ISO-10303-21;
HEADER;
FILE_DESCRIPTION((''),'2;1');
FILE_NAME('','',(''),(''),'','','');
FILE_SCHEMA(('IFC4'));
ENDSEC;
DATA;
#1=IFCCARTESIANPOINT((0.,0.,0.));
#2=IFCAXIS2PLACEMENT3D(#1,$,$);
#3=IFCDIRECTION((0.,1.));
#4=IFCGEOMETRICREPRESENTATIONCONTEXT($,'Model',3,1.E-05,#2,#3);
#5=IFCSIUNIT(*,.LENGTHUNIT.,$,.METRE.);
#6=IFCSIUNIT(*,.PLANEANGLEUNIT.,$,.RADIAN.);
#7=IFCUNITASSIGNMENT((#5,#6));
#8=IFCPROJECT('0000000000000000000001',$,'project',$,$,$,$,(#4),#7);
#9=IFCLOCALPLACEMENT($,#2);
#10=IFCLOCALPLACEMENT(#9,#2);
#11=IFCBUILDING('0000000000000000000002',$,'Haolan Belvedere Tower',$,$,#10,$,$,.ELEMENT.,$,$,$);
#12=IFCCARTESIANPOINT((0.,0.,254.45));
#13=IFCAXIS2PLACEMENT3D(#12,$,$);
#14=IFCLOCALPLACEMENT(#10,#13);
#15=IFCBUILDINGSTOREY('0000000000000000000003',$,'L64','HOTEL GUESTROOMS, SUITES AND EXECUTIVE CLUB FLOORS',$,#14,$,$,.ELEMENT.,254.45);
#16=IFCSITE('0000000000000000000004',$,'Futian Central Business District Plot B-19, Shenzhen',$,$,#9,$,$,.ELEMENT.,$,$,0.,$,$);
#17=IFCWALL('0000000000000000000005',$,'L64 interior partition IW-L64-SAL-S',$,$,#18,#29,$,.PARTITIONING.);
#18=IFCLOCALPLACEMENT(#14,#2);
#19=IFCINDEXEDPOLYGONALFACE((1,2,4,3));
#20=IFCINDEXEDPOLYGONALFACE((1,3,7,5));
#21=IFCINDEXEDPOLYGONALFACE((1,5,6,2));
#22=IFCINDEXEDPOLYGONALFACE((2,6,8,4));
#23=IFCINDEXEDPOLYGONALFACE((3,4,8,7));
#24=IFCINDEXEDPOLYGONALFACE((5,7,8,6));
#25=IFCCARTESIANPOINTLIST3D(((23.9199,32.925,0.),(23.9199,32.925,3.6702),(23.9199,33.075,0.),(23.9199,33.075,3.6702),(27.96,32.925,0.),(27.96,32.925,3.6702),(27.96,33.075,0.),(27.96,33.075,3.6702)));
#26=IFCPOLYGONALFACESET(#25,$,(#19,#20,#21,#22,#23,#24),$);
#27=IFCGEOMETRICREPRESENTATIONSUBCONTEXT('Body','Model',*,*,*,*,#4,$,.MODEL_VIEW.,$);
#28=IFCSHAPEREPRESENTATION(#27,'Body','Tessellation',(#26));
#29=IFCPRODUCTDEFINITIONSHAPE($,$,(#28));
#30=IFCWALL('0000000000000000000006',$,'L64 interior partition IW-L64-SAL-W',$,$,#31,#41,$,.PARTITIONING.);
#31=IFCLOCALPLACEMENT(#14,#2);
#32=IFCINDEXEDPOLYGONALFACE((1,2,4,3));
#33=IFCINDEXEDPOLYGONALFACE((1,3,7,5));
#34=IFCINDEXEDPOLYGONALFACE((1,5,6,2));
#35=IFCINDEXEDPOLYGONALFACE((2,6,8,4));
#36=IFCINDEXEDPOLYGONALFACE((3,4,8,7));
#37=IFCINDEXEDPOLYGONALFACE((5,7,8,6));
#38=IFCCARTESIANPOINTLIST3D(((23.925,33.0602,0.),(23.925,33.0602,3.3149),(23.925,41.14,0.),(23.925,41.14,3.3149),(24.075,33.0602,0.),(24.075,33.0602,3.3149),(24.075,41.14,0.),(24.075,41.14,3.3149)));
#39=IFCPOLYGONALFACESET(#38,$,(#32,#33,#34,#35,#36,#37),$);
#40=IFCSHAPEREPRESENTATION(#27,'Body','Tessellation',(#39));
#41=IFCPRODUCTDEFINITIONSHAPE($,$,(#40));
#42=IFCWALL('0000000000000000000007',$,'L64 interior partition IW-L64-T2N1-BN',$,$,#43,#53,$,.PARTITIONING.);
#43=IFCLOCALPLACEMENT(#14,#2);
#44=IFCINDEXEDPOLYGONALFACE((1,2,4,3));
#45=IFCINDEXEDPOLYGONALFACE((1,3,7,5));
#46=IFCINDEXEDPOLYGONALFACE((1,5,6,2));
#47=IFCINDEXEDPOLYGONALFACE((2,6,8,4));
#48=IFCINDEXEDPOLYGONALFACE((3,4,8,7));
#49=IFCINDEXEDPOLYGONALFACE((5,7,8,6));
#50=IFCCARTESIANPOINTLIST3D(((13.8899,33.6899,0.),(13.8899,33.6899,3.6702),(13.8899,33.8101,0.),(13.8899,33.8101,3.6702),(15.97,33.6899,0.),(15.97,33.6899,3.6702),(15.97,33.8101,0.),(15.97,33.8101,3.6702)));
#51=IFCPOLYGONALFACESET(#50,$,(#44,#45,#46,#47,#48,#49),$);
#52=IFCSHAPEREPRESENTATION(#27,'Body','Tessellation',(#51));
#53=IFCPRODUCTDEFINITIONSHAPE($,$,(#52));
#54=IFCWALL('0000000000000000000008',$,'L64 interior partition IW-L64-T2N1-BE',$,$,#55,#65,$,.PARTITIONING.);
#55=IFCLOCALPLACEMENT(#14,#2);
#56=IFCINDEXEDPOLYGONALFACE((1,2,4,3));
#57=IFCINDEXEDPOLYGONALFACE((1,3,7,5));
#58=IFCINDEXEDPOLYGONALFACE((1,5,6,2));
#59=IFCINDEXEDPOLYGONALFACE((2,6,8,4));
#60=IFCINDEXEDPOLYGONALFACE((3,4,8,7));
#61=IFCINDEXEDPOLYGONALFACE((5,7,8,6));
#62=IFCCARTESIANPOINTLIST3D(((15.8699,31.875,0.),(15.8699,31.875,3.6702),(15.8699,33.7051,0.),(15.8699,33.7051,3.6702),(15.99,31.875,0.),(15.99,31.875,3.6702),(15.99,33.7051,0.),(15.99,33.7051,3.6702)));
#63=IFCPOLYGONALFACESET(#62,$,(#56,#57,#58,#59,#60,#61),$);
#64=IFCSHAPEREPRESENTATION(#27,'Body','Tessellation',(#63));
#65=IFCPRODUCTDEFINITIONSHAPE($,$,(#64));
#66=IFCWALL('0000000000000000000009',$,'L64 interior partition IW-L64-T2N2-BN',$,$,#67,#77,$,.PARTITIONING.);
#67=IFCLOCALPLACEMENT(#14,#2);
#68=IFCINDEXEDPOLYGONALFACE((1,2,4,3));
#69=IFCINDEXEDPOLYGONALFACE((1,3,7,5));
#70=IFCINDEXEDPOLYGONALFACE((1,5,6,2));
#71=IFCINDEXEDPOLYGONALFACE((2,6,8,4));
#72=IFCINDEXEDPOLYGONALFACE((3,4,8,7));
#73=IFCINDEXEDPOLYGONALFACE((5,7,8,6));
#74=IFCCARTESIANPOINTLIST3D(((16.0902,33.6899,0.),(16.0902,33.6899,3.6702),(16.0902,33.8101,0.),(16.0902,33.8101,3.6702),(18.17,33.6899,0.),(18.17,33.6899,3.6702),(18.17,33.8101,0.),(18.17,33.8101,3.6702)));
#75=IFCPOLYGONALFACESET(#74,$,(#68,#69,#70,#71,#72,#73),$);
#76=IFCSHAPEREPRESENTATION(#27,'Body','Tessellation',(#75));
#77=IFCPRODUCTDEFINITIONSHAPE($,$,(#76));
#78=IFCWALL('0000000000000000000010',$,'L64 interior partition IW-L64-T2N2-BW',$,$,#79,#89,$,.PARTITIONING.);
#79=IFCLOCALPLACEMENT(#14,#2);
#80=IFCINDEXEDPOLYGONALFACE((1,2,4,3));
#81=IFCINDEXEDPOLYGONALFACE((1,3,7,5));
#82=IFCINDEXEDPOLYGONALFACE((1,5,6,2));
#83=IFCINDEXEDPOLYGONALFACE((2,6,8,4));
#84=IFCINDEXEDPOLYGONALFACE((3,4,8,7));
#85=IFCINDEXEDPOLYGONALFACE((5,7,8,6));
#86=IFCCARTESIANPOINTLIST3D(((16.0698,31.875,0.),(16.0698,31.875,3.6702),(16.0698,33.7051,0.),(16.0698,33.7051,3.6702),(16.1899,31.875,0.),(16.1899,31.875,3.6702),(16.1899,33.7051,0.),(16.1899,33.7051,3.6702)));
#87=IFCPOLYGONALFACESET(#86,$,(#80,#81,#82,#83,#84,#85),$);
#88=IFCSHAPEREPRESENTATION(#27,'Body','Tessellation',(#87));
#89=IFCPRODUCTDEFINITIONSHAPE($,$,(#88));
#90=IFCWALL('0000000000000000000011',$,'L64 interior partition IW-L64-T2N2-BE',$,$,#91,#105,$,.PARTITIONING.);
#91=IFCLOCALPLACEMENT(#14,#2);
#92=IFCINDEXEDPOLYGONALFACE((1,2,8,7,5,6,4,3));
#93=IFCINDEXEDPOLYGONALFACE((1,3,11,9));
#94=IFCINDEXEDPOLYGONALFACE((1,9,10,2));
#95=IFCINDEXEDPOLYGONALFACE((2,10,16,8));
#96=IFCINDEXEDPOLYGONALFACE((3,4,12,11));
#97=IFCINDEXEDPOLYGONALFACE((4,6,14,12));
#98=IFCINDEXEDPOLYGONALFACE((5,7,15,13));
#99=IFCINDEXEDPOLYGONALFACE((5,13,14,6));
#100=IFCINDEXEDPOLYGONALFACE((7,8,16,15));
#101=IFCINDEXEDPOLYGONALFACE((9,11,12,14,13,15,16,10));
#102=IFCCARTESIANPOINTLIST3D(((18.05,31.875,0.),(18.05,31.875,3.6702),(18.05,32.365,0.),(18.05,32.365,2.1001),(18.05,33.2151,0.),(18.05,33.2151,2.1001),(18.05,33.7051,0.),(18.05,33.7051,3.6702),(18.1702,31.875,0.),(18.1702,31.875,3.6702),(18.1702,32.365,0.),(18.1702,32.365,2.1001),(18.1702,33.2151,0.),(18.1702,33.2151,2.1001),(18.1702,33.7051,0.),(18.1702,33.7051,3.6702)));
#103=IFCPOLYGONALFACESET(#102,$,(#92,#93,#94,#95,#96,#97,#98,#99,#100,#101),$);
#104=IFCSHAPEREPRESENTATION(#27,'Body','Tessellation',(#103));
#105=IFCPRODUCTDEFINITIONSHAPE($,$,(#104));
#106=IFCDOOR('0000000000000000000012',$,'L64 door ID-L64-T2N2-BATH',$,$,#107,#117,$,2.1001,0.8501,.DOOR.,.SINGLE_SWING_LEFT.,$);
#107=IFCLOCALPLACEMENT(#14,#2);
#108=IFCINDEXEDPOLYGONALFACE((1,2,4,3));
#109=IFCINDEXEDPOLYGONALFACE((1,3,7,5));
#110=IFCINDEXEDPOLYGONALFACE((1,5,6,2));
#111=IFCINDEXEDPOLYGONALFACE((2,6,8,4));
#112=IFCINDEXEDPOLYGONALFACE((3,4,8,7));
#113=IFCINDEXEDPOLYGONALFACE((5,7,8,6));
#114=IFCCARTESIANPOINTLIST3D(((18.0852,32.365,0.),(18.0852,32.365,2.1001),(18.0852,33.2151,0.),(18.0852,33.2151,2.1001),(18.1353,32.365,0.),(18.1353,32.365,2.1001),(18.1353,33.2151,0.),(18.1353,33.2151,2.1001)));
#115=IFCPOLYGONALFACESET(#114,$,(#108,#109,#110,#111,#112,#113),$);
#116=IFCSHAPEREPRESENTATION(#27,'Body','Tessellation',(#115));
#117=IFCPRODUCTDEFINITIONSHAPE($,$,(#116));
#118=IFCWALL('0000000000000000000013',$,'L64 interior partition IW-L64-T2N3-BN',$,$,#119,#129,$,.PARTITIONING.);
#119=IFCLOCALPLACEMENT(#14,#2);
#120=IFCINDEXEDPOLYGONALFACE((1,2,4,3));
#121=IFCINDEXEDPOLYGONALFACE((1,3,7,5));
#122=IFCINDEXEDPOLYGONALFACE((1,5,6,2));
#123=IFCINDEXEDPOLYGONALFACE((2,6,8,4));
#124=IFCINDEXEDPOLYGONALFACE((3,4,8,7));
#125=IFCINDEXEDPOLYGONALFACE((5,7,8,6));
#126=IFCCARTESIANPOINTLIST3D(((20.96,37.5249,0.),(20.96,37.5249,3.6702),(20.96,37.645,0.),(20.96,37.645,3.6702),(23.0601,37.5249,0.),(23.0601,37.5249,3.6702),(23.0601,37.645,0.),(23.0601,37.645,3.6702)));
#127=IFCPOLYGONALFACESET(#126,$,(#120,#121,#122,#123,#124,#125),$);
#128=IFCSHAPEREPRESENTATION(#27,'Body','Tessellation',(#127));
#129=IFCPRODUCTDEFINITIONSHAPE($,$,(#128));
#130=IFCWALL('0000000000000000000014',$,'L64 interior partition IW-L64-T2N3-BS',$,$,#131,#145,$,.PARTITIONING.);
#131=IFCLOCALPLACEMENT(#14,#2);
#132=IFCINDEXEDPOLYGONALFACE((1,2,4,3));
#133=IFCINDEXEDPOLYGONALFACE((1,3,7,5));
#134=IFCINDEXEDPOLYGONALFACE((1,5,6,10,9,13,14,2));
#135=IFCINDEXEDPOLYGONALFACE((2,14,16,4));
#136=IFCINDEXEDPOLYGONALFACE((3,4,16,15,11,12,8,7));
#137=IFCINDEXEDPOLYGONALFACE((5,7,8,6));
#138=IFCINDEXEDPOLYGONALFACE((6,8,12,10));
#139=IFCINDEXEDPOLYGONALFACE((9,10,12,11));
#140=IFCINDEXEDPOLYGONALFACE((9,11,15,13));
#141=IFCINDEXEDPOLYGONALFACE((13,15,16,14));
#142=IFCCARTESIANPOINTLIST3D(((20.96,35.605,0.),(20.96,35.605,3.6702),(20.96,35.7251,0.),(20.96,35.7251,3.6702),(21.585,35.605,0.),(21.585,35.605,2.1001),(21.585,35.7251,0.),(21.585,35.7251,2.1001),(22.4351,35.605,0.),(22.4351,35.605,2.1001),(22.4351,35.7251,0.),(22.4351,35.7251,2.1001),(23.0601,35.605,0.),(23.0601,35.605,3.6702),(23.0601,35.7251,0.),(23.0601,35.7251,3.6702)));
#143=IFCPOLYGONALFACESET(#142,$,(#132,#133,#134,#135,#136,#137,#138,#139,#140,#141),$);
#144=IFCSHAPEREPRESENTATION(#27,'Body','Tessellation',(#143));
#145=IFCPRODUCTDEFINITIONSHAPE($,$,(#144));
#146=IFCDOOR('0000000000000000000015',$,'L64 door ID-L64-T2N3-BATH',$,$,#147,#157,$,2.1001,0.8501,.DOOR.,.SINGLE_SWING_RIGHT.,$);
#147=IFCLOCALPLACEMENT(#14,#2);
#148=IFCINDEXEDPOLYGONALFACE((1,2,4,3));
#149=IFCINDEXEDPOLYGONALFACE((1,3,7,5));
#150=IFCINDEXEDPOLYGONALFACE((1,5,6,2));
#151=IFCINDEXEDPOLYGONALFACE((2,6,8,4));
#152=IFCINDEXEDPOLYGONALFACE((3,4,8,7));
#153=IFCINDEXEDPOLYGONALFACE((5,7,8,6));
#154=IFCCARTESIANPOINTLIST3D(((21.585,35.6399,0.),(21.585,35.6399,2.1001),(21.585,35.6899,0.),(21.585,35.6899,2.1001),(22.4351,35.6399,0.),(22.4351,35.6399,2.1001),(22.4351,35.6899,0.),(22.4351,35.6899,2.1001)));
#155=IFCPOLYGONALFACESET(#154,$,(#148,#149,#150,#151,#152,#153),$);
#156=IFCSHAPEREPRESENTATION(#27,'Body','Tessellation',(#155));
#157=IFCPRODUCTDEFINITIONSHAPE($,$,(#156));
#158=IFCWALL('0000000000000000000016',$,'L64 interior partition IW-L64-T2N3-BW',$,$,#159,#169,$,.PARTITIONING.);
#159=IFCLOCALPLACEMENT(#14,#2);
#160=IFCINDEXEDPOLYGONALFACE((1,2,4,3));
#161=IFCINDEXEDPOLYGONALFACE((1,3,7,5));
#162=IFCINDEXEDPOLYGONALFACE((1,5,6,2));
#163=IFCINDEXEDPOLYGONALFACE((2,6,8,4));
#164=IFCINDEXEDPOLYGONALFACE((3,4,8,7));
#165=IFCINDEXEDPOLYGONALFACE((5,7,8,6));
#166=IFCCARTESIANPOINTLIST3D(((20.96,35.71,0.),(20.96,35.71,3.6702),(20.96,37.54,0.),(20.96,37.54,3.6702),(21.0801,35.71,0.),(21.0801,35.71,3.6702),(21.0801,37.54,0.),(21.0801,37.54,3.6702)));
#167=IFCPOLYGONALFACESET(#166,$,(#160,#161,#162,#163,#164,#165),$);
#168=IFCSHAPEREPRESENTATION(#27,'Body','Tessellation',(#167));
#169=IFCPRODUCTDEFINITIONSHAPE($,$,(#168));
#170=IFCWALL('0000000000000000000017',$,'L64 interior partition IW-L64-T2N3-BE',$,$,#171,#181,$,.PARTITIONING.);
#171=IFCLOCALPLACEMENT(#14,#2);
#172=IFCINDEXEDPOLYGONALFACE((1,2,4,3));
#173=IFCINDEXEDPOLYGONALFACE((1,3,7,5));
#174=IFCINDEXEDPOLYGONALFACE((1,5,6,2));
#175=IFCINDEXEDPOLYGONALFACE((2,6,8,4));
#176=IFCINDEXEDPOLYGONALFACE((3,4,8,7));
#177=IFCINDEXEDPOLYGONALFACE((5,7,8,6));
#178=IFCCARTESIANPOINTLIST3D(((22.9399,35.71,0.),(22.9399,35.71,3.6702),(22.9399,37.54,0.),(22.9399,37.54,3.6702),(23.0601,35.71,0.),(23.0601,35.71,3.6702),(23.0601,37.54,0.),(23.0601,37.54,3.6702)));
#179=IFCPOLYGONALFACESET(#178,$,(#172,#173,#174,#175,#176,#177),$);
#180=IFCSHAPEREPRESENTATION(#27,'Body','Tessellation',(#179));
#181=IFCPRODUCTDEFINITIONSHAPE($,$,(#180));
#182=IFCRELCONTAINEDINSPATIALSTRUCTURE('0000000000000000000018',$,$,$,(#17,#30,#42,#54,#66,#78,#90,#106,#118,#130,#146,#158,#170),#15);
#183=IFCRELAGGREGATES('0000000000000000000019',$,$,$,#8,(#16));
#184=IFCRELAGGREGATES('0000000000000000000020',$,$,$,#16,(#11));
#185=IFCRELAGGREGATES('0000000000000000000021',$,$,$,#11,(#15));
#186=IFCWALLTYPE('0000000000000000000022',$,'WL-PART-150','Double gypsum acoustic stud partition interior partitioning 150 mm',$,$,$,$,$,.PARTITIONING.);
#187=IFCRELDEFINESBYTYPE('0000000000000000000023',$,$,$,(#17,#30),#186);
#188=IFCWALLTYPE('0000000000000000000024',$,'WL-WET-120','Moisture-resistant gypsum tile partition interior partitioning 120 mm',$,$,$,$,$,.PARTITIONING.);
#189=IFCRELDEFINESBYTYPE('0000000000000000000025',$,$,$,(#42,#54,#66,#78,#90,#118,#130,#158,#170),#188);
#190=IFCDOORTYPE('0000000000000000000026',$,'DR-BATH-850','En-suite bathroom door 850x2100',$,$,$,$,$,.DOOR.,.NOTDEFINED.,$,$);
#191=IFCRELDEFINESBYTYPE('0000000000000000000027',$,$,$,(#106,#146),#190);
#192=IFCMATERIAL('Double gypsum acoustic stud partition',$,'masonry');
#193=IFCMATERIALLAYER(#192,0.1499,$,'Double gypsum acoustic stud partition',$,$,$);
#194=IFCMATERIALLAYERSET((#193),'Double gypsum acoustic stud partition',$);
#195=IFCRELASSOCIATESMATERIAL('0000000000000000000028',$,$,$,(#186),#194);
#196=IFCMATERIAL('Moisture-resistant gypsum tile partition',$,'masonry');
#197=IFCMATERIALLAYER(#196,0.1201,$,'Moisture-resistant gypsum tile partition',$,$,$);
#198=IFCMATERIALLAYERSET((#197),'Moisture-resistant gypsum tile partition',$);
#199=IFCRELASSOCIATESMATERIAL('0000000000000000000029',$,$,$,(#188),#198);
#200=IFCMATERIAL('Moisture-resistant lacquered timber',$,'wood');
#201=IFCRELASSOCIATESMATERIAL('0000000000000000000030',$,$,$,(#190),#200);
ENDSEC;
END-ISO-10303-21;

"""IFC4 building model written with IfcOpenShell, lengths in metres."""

from ifc_helpers import new_model, si_unit, direction, frame, frame_2d, origin, place, context, subcontext, project, spatial, rectangle, extrude, material, layer, layer_set, type_object, element, fill, save


model = new_model("IFC4")

# Units and contexts
model_context = context("Model", 3, precision=1e-05, world=origin(), true_north=direction((0.0, 1.0)))
body_context = subcontext(model_context, "Body", "Model", "MODEL_VIEW")
ifc_project = project(units=[si_unit("LENGTHUNIT", "METRE"), si_unit("PLANEANGLEUNIT", "RADIAN")], contexts=[model_context])

# Site, building, storey
site_placement = place(None, origin())
site = spatial("IfcSite", under=ifc_project, at=site_placement, Name="Futian Central Business District Plot B-19, Shenzhen", CompositionType="ELEMENT", RefElevation=0.0)
building_placement = place(site_placement, origin())
building = spatial("IfcBuilding", under=site, at=building_placement, Name="Haolan Belvedere Tower", CompositionType="ELEMENT")
storey_placement = place(building_placement, frame((0.0, 0.0, 254.45)))
storey = spatial("IfcBuildingStorey", under=building, at=storey_placement, Name="L64", Description="HOTEL GUESTROOMS, SUITES AND EXECUTIVE CLUB FLOORS", CompositionType="ELEMENT", Elevation=254.45)

# Walls
ifc_material_1 = material(Name="Double gypsum acoustic stud partition", Category="masonry")
ifc_layer_1 = layer(ifc_material_1, 0.1499, Name="Double gypsum acoustic stud partition")
ifc_layer_set_1 = layer_set([ifc_layer_1], Name="Double gypsum acoustic stud partition")
wall_type_1 = type_object("IfcWallType", Name="WL-PART-150", Description="Double gypsum acoustic stud partition interior partitioning 150 mm", PredefinedType="PARTITIONING", material=ifc_layer_set_1)
wall_1_placement = place(storey_placement, frame((23.9199, 33.0, 0.0), z_axis=(0.0, 0.0, 1.0), x_axis=(1.0, 0.0, 0.0)))
element("IfcWall", 1, at=wall_1_placement, inside=storey, type_object=wall_type_1, Name="L64 interior partition IW-L64-SAL-S", PredefinedType="PARTITIONING", context=body_context, shape_type="SweptSolid", body=[
    extrude(rectangle(XDim=4.04, YDim=0.1499, at=frame_2d((2.02, 0.0))), origin(), (0.0, 0.0, 1.0), 3.6702),
])
wall_2_placement = place(storey_placement, frame((24.0, 33.0601, 0.0), z_axis=(0.0, 0.0, 1.0), x_axis=(0.0, 1.0, 0.0)))
element("IfcWall", 2, at=wall_2_placement, inside=storey, type_object=wall_type_1, Name="L64 interior partition IW-L64-SAL-W", PredefinedType="PARTITIONING", context=body_context, shape_type="SweptSolid", body=[
    extrude(rectangle(XDim=8.0798, YDim=0.1499, at=frame_2d((4.04, 0.0))), origin(), (0.0, 0.0, 1.0), 3.3149),
])
ifc_material_2 = material(Name="Moisture-resistant gypsum tile partition", Category="masonry")
ifc_layer_2 = layer(ifc_material_2, 0.1201, Name="Moisture-resistant gypsum tile partition")
ifc_layer_set_2 = layer_set([ifc_layer_2], Name="Moisture-resistant gypsum tile partition")
wall_type_2 = type_object("IfcWallType", Name="WL-WET-120", Description="Moisture-resistant gypsum tile partition interior partitioning 120 mm", PredefinedType="PARTITIONING", material=ifc_layer_set_2)
wall_3_placement = place(storey_placement, frame((13.8899, 33.75, 0.0), z_axis=(0.0, 0.0, 1.0), x_axis=(1.0, 0.0, 0.0)))
element("IfcWall", 3, at=wall_3_placement, inside=storey, type_object=wall_type_2, Name="L64 interior partition IW-L64-T2N1-BN", PredefinedType="PARTITIONING", context=body_context, shape_type="SweptSolid", body=[
    extrude(rectangle(XDim=2.0801, YDim=0.1201, at=frame_2d((1.04, 0.0))), origin(), (0.0, 0.0, 1.0), 3.6702),
])
wall_4_placement = place(storey_placement, frame((15.9299, 31.875, 0.0), z_axis=(0.0, 0.0, 1.0), x_axis=(0.0, 1.0, 0.0)))
element("IfcWall", 4, at=wall_4_placement, inside=storey, type_object=wall_type_2, Name="L64 interior partition IW-L64-T2N1-BE", PredefinedType="PARTITIONING", context=body_context, shape_type="SweptSolid", body=[
    extrude(rectangle(XDim=1.8301, YDim=0.1201, at=frame_2d((0.915, 0.0))), origin(), (0.0, 0.0, 1.0), 3.6702),
])
wall_5_placement = place(storey_placement, frame((16.0901, 33.75, 0.0), z_axis=(0.0, 0.0, 1.0), x_axis=(1.0, 0.0, 0.0)))
element("IfcWall", 5, at=wall_5_placement, inside=storey, type_object=wall_type_2, Name="L64 interior partition IW-L64-T2N2-BN", PredefinedType="PARTITIONING", context=body_context, shape_type="SweptSolid", body=[
    extrude(rectangle(XDim=2.0798, YDim=0.1201, at=frame_2d((1.04, 0.0))), origin(), (0.0, 0.0, 1.0), 3.6702),
])
wall_6_placement = place(storey_placement, frame((16.1299, 31.875, 0.0), z_axis=(0.0, 0.0, 1.0), x_axis=(0.0, 1.0, 0.0)))
element("IfcWall", 6, at=wall_6_placement, inside=storey, type_object=wall_type_2, Name="L64 interior partition IW-L64-T2N2-BW", PredefinedType="PARTITIONING", context=body_context, shape_type="SweptSolid", body=[
    extrude(rectangle(XDim=1.8301, YDim=0.1201, at=frame_2d((0.915, 0.0))), origin(), (0.0, 0.0, 1.0), 3.6702),
])

# Wall, opening, door
wall_7_placement = place(storey_placement, frame((18.1101, 31.875, 0.0), z_axis=(0.0, 0.0, 1.0), x_axis=(0.0, 1.0, 0.0)))
wall_7 = element("IfcWall", 7, at=wall_7_placement, inside=storey, type_object=wall_type_2, Name="L64 interior partition IW-L64-T2N2-BE", PredefinedType="PARTITIONING", context=body_context, shape_type="SweptSolid", body=[
    extrude(rectangle(XDim=1.8301, YDim=0.1201, at=frame_2d((0.915, 0.0))), origin(), (0.0, 0.0, 1.0), 3.6702),
])
opening_1_placement = place(wall_7_placement, frame((0.49, 0.0, 0.0)))
opening_1 = element("IfcOpeningElement", 8, at=opening_1_placement, cuts=wall_7, PredefinedType="OPENING", context=body_context, shape_type="SweptSolid", body=[
    extrude(rectangle(XDim=0.8501, YDim=2.1001, at=frame_2d((0.425, 1.05))), frame((0.0, 0.0701, 0.0), z_axis=(0.0, -1.0, 0.0), x_axis=(1.0, 0.0, 0.0)), (0.0, 0.0, 1.0), 0.1401),
])
ifc_material_3 = material(Name="Moisture-resistant lacquered timber", Category="wood")
door_type = type_object("IfcDoorType", Name="DR-BATH-850", Description="En-suite bathroom door 850x2100", OperationType="NOTDEFINED", PredefinedType="DOOR", material=ifc_material_3)
door_1_placement = place(opening_1_placement, origin())
door_1 = element("IfcDoor", 9, at=door_1_placement, inside=storey, type_object=door_type, Name="L64 door ID-L64-T2N2-BATH", OperationType="SINGLE_SWING_LEFT", OverallHeight=2.1001, OverallWidth=0.8501, PredefinedType="DOOR", context=body_context, shape_type="SweptSolid", body=[
    extrude(rectangle(XDim=0.8501, YDim=2.1001, at=frame_2d((0.425, 1.05))), frame((0.0, 0.0249, 0.0), z_axis=(0.0, -1.0, 0.0), x_axis=(1.0, 0.0, 0.0)), (0.0, 0.0, 1.0), 0.05),
])
fill(opening_1, door_1)

# Wall
wall_8_placement = place(storey_placement, frame((20.96, 37.585, 0.0), z_axis=(0.0, 0.0, 1.0), x_axis=(1.0, 0.0, 0.0)))
element("IfcWall", 10, at=wall_8_placement, inside=storey, type_object=wall_type_2, Name="L64 interior partition IW-L64-T2N3-BN", PredefinedType="PARTITIONING", context=body_context, shape_type="SweptSolid", body=[
    extrude(rectangle(XDim=2.1001, YDim=0.1201, at=frame_2d((1.05, 0.0))), origin(), (0.0, 0.0, 1.0), 3.6702),
])

# Wall, opening, door
wall_9_placement = place(storey_placement, frame((20.96, 35.665, 0.0), z_axis=(0.0, 0.0, 1.0), x_axis=(1.0, 0.0, 0.0)))
wall_9 = element("IfcWall", 11, at=wall_9_placement, inside=storey, type_object=wall_type_2, Name="L64 interior partition IW-L64-T2N3-BS", PredefinedType="PARTITIONING", context=body_context, shape_type="SweptSolid", body=[
    extrude(rectangle(XDim=2.1001, YDim=0.1201, at=frame_2d((1.05, 0.0))), origin(), (0.0, 0.0, 1.0), 3.6702),
])
opening_2_placement = place(wall_9_placement, frame((0.625, 0.0, 0.0)))
opening_2 = element("IfcOpeningElement", 12, at=opening_2_placement, cuts=wall_9, PredefinedType="OPENING", context=body_context, shape_type="SweptSolid", body=[
    extrude(rectangle(XDim=0.8501, YDim=2.1001, at=frame_2d((0.425, 1.05))), frame((0.0, 0.0701, 0.0), z_axis=(0.0, -1.0, 0.0), x_axis=(1.0, 0.0, 0.0)), (0.0, 0.0, 1.0), 0.1401),
])
door_2_placement = place(opening_2_placement, origin())
door_2 = element("IfcDoor", 13, at=door_2_placement, inside=storey, type_object=door_type, Name="L64 door ID-L64-T2N3-BATH", OperationType="SINGLE_SWING_RIGHT", OverallHeight=2.1001, OverallWidth=0.8501, PredefinedType="DOOR", context=body_context, shape_type="SweptSolid", body=[
    extrude(rectangle(XDim=0.8501, YDim=2.1001, at=frame_2d((0.425, 1.05))), frame((0.0, 0.0249, 0.0), z_axis=(0.0, -1.0, 0.0), x_axis=(1.0, 0.0, 0.0)), (0.0, 0.0, 1.0), 0.05),
])
fill(opening_2, door_2)

# Walls
for number, where, z_axis, x_axis, name in (
    (14, (21.02, 35.71, 0.0), (0.0, 0.0, 1.0), (0.0, 1.0, 0.0), "L64 interior partition IW-L64-T2N3-BW"),
    (15, (23.0, 35.71, 0.0), (0.0, 0.0, 1.0), (0.0, 1.0, 0.0), "L64 interior partition IW-L64-T2N3-BE"),
):
    element("IfcWall", number, at=place(storey_placement, frame(where, z_axis=z_axis, x_axis=x_axis)), inside=storey, type_object=wall_type_2, Name=name, PredefinedType="PARTITIONING", context=body_context, shape_type="SweptSolid", body=[
        extrude(rectangle(XDim=1.8301, YDim=0.1201, at=frame_2d((0.915, 0.0))), origin(), (0.0, 0.0, 1.0), 3.6702),
    ])

save(model, "model.ifc")
